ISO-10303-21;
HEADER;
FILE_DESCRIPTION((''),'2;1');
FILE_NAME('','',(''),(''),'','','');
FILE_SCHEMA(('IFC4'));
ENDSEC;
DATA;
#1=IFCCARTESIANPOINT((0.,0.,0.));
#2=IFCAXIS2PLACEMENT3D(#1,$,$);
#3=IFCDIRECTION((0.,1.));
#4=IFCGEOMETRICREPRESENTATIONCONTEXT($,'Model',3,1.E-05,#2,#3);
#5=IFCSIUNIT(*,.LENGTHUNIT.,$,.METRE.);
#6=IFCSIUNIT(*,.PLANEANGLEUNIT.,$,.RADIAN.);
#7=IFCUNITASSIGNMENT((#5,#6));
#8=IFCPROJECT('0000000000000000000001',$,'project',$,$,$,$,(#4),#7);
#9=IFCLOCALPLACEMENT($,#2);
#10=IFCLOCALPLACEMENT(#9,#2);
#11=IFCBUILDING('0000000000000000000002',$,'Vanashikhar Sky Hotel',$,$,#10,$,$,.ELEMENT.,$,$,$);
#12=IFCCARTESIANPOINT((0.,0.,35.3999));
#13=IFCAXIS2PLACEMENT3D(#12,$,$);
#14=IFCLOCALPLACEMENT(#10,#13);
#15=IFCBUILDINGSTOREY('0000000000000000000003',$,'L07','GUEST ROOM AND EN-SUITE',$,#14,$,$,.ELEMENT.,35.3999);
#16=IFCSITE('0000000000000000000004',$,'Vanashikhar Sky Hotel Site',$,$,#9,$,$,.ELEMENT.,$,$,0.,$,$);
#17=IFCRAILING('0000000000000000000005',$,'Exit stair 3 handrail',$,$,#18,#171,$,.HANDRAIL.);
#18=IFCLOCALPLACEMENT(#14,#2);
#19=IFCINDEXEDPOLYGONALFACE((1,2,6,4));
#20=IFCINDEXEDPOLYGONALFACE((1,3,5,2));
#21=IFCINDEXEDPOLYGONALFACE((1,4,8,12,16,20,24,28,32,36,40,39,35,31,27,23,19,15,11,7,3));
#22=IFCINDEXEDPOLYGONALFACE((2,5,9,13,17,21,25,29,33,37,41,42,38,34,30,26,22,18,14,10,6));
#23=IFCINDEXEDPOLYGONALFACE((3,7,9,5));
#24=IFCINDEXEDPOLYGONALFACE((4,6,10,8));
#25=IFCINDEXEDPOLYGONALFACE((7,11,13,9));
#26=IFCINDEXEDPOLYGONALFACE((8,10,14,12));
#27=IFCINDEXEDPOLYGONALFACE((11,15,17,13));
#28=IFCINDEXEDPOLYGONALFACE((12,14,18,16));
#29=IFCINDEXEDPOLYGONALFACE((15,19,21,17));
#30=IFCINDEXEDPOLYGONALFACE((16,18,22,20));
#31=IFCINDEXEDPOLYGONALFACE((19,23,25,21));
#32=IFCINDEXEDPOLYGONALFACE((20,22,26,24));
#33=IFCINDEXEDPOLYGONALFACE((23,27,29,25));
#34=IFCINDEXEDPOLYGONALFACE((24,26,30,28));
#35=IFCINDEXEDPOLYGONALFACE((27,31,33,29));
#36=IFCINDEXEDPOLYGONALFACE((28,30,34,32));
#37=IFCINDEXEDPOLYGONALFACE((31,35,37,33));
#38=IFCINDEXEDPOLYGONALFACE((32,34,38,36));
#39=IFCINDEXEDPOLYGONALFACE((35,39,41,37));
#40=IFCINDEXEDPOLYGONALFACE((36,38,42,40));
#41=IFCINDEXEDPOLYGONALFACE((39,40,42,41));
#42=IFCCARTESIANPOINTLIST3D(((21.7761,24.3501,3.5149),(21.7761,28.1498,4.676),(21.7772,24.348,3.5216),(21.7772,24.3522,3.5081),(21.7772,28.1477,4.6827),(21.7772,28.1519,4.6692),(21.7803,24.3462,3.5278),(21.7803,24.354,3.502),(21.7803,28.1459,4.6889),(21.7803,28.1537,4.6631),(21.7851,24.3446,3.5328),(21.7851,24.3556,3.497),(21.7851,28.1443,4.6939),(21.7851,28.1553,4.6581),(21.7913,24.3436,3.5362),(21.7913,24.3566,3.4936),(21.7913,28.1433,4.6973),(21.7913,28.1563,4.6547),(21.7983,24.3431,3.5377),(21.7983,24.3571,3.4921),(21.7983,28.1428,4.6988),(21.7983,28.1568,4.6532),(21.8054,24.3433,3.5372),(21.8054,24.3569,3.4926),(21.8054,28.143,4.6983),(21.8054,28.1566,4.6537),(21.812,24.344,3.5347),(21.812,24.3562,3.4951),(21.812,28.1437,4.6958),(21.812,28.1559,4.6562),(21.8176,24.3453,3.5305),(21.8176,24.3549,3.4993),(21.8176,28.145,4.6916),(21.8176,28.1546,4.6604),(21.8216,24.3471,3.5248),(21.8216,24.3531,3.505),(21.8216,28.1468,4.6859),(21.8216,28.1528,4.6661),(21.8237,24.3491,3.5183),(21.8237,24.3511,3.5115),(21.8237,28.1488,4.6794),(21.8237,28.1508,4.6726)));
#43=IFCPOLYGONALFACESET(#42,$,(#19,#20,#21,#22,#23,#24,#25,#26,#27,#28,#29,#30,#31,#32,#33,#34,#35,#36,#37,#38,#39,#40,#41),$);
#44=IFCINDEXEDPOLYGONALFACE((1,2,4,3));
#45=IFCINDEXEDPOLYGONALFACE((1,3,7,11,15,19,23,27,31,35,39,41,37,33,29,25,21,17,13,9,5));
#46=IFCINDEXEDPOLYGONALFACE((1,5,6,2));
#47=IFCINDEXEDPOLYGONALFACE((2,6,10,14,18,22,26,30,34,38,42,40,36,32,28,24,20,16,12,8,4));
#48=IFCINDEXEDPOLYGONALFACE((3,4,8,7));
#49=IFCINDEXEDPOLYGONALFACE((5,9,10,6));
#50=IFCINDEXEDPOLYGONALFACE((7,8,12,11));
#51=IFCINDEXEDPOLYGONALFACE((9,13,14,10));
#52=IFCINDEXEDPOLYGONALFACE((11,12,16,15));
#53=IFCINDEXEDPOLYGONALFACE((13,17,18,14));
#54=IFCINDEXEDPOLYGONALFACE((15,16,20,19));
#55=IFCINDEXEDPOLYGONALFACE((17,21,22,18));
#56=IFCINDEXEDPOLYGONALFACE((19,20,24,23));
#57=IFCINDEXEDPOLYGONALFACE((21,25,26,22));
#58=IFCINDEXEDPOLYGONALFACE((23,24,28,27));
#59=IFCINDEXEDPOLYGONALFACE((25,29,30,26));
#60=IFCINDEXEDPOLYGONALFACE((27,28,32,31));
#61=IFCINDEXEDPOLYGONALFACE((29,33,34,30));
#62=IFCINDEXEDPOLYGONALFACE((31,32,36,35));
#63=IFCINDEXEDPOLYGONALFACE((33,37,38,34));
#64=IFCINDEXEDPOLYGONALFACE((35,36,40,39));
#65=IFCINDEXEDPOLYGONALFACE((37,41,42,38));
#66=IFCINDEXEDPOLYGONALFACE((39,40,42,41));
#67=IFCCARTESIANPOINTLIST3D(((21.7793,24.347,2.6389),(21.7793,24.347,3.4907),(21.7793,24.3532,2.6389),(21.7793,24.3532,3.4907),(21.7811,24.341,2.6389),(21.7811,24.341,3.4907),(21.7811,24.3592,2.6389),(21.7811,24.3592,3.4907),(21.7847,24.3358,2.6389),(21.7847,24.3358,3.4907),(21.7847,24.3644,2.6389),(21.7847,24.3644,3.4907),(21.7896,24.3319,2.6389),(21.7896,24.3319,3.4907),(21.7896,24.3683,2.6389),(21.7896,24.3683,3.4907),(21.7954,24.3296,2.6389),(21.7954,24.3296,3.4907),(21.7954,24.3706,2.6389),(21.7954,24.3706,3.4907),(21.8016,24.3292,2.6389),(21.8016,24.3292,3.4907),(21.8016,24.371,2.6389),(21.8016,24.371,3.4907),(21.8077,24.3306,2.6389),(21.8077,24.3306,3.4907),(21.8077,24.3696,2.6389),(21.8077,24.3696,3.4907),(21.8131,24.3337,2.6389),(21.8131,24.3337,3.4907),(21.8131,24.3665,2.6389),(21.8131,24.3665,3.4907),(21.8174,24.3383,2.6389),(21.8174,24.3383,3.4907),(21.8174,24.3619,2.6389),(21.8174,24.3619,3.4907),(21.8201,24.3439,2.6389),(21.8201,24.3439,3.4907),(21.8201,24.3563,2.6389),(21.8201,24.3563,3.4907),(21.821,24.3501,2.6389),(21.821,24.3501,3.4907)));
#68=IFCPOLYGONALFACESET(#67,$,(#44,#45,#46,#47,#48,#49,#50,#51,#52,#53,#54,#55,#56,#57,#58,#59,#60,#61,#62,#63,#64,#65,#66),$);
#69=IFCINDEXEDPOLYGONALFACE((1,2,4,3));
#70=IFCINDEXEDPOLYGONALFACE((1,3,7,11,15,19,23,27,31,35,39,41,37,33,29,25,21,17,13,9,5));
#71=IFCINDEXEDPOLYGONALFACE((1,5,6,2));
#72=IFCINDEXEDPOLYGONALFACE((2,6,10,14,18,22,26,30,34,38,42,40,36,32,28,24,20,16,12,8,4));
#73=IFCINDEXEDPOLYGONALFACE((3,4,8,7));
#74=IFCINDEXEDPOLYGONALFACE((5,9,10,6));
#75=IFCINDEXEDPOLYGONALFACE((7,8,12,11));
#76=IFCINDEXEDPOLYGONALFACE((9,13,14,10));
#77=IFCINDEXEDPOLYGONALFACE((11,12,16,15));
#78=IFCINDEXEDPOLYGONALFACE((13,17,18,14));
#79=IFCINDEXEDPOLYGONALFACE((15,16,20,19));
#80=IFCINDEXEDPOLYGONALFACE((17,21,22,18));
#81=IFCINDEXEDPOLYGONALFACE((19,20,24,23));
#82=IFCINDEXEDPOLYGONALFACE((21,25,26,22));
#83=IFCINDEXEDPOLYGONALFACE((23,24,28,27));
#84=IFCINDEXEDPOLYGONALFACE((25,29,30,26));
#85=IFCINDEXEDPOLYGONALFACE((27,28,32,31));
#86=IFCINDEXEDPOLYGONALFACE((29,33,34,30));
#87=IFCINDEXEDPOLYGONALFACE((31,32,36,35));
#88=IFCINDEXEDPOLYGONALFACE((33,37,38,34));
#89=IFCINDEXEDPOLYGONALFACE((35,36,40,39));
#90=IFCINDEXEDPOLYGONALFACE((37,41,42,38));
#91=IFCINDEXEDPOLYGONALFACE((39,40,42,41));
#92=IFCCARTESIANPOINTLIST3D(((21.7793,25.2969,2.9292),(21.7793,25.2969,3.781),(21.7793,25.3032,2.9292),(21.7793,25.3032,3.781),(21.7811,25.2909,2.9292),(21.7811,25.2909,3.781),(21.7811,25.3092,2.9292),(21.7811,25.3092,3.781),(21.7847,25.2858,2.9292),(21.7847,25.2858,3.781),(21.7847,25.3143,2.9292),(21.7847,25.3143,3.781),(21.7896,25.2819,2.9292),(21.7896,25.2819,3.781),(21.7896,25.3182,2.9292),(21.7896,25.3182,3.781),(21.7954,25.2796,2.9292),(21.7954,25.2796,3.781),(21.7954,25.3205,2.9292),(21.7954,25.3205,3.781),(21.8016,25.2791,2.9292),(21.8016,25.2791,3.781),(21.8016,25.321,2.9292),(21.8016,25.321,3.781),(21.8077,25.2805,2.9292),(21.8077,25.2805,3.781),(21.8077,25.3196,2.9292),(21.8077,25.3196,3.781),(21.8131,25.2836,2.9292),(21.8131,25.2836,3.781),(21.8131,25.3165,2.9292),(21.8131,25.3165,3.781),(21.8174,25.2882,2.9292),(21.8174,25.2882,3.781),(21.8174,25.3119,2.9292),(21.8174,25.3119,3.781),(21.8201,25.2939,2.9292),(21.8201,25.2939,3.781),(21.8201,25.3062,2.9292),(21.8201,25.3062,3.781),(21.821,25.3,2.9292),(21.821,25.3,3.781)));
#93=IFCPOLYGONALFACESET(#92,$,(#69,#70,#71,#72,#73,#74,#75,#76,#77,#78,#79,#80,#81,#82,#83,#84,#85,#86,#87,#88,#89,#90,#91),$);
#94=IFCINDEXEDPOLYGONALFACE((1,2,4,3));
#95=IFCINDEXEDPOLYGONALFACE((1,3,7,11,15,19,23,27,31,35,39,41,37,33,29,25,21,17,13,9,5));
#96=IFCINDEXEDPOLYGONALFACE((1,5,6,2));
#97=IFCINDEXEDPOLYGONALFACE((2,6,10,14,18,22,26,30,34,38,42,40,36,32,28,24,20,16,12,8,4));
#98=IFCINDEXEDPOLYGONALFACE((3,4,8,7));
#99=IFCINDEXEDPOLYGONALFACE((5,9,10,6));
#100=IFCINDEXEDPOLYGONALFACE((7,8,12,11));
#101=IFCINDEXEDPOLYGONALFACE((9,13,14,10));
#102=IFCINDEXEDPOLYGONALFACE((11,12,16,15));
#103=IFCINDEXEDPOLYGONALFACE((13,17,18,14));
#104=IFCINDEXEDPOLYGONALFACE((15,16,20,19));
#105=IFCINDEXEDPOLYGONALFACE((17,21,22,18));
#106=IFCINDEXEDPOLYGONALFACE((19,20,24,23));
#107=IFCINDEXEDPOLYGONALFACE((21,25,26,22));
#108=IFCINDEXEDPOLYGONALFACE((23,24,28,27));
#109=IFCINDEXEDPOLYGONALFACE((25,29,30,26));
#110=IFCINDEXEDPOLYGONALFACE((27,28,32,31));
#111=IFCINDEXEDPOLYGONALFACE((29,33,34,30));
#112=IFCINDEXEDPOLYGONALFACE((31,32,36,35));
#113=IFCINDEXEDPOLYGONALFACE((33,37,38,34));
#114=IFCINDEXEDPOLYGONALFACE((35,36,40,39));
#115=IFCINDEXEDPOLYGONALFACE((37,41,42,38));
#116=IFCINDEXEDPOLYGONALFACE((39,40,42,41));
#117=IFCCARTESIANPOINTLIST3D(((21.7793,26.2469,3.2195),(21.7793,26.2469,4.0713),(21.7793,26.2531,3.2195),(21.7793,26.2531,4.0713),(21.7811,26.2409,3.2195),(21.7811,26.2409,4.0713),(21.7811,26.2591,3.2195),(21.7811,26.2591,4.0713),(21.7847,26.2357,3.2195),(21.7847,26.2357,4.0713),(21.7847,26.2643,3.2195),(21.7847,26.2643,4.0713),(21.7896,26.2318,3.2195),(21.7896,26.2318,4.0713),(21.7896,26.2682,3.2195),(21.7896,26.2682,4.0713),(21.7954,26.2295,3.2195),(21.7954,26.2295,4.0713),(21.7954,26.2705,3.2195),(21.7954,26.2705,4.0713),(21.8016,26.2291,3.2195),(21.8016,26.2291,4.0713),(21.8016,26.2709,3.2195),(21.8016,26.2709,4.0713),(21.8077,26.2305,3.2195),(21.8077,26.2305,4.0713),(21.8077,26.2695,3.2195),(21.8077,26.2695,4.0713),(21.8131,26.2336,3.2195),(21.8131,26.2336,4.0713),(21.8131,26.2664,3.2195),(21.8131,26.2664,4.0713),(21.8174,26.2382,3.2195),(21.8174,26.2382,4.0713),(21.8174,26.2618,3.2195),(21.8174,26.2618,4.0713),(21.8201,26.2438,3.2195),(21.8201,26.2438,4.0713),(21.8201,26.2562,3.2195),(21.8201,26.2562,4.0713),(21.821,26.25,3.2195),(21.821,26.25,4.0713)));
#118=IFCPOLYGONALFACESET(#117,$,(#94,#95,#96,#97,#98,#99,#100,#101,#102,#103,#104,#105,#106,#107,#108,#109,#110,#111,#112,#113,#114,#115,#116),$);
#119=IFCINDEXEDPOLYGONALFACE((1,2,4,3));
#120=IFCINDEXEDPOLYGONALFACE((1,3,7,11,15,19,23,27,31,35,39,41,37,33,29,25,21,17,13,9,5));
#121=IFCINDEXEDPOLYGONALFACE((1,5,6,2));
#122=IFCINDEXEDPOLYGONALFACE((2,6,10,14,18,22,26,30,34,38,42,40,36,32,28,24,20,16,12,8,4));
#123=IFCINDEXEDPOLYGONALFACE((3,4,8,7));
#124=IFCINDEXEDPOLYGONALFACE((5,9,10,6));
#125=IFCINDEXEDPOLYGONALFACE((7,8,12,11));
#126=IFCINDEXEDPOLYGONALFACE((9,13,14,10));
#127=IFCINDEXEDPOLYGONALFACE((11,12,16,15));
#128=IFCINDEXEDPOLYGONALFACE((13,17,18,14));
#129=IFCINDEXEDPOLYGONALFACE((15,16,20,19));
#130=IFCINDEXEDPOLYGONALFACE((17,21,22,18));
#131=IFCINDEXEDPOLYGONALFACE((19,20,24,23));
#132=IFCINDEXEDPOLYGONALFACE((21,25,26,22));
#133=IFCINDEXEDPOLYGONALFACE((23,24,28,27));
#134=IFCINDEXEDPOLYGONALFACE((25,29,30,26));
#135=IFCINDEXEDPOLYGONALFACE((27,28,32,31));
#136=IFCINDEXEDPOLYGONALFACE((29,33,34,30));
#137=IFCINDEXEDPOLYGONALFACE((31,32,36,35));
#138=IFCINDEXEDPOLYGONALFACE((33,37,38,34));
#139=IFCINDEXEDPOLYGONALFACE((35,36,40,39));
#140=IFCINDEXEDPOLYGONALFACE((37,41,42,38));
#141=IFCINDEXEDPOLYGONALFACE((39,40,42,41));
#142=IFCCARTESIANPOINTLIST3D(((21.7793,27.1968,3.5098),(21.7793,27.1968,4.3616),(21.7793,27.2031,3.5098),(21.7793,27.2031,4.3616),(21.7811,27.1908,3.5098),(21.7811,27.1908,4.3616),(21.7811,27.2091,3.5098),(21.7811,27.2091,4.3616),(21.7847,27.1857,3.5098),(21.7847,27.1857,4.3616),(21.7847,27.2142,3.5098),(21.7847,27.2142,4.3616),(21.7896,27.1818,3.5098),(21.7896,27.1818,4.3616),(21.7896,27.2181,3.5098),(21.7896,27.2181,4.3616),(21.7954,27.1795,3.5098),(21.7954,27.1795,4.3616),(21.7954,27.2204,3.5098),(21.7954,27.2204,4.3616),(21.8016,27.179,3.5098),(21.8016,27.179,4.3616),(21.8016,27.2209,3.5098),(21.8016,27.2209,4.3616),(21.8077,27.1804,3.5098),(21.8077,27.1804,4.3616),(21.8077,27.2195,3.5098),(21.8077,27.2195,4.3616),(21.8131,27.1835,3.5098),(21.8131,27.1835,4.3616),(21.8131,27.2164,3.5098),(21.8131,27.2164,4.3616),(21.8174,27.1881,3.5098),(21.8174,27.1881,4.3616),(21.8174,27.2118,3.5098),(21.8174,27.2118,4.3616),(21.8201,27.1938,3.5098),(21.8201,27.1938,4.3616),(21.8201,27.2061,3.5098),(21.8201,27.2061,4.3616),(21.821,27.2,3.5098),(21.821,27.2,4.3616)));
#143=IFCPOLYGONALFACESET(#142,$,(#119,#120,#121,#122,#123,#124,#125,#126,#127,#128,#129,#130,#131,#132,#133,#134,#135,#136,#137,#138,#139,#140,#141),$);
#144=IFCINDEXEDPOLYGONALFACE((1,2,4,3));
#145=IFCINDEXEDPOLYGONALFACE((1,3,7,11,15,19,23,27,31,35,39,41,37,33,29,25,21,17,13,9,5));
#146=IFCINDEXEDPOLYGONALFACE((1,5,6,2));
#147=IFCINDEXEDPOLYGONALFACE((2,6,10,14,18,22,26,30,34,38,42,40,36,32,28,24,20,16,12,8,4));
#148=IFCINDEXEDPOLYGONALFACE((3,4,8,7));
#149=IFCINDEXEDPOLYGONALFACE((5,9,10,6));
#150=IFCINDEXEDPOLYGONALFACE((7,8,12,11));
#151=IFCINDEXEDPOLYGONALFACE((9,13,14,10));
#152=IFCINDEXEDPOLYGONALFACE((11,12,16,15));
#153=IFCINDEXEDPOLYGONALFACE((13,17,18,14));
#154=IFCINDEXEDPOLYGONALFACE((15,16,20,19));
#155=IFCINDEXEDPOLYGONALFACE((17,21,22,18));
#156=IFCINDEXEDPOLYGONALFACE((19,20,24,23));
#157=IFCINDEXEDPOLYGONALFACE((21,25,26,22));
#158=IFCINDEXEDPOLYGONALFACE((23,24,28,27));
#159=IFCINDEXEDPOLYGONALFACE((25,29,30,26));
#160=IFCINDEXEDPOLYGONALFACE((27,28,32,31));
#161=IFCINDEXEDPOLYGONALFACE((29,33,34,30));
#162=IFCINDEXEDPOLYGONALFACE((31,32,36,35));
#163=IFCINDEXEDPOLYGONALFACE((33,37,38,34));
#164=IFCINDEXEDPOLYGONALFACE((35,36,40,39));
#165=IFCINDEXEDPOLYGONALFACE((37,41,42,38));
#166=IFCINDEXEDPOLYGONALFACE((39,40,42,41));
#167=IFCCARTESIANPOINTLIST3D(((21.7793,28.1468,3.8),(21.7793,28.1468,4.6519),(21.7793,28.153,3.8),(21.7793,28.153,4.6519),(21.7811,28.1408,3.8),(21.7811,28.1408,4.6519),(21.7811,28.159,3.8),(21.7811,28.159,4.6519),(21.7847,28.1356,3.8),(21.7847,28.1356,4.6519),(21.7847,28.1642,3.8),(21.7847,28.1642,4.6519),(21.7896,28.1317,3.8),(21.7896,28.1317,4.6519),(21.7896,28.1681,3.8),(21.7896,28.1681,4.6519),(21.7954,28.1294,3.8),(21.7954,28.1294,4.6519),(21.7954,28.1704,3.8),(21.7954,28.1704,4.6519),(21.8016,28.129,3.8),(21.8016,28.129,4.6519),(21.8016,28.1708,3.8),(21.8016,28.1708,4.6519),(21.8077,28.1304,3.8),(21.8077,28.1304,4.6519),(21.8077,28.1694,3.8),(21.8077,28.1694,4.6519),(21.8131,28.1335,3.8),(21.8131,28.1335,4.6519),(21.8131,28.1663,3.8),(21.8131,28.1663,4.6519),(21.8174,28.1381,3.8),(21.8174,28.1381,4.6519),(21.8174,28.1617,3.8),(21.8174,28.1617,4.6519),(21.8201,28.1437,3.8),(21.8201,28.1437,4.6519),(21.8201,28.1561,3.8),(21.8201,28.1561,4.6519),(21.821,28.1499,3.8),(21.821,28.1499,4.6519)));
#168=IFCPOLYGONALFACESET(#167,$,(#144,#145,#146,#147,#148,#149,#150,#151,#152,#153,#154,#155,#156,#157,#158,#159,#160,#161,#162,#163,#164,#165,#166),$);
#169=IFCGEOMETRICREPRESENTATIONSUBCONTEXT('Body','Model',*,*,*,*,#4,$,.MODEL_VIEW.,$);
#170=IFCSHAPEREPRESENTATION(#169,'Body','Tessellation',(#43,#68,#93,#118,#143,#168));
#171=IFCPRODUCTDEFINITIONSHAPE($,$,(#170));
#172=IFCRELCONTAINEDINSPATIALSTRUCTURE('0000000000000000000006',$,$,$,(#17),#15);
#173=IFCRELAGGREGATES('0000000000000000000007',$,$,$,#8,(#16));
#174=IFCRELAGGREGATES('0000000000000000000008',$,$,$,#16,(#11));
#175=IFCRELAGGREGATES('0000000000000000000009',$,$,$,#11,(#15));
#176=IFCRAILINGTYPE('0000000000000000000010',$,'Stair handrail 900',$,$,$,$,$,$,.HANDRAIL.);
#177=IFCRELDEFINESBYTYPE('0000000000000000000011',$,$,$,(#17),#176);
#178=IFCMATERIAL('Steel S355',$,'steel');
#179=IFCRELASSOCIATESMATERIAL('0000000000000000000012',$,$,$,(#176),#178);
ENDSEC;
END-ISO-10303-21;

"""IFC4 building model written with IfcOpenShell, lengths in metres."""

from ifc_helpers import new_model, si_unit, direction, frame, origin, origin_2d, place, context, subcontext, project, spatial, circle, extrude, source, transform, mapped, material, type_object, element, save


model = new_model("IFC4")

# Units and contexts
model_context = context("Model", 3, precision=1e-05, world=origin(), true_north=direction((0.0, 1.0)))
body_context = subcontext(model_context, "Body", "Model", "MODEL_VIEW")
ifc_project = project(units=[si_unit("LENGTHUNIT", "METRE"), si_unit("PLANEANGLEUNIT", "RADIAN")], contexts=[model_context])

# Site, building, storey
site_placement = place(None, origin())
site = spatial("IfcSite", under=ifc_project, at=site_placement, Name="Vanashikhar Sky Hotel Site", CompositionType="ELEMENT", RefElevation=0.0)
building_placement = place(site_placement, origin())
building = spatial("IfcBuilding", under=site, at=building_placement, Name="Vanashikhar Sky Hotel", CompositionType="ELEMENT")
storey_placement = place(building_placement, frame((0.0, 0.0, 35.3999)))
storey = spatial("IfcBuildingStorey", under=building, at=storey_placement, Name="L07", Description="GUEST ROOM AND EN-SUITE", CompositionType="ELEMENT", Elevation=35.3999)

# Railing
ifc_material_1 = material(Name="Steel S355", Category="steel")
railing_type_1 = type_object("IfcRailingType", Name="Stair handrail 900", PredefinedType="HANDRAIL", material=ifc_material_1)
shared_shape_1 = source(origin(), body_context, "Body", "SweptSolid", [
    extrude(circle(Radius=0.0239, at=origin_2d()), frame((0.0, 0.0, 0.876), z_axis=(0.0, 0.956346, 0.292237), x_axis=(-1.0, 0.0, 0.0)), (0.0, 0.0, 1.0), 3.9731),
    extrude(circle(Radius=0.021, at=origin_2d()), origin(), (0.0, 0.0, 1.0), 0.8518),
    extrude(circle(Radius=0.021, at=origin_2d()), frame((0.0, 0.95, 0.2903)), (0.0, 0.0, 1.0), 0.8518),
    extrude(circle(Radius=0.021, at=origin_2d()), frame((0.0, 1.8999, 0.5806)), (0.0, 0.0, 1.0), 0.8518),
    extrude(circle(Radius=0.021, at=origin_2d()), frame((0.0, 2.8499, 0.8708)), (0.0, 0.0, 1.0), 0.8518),
    extrude(circle(Radius=0.021, at=origin_2d()), frame((0.0, 3.7998, 1.1611)), (0.0, 0.0, 1.0), 0.8518),
])
for number, where, name in (
    (1, (21.8, 24.3501, 2.6389), "Exit stair 3 handrail"),
):
    element("IfcRailing", number, at=place(storey_placement, frame(where)), inside=storey, type_object=railing_type_1, Name=name, PredefinedType="HANDRAIL", context=body_context, shape_type="MappedRepresentation", body=[
        mapped(shared_shape_1, transform((0.0, 0.0, 0.0), scale=1.0)),
    ])

save(model, "model.ifc")
